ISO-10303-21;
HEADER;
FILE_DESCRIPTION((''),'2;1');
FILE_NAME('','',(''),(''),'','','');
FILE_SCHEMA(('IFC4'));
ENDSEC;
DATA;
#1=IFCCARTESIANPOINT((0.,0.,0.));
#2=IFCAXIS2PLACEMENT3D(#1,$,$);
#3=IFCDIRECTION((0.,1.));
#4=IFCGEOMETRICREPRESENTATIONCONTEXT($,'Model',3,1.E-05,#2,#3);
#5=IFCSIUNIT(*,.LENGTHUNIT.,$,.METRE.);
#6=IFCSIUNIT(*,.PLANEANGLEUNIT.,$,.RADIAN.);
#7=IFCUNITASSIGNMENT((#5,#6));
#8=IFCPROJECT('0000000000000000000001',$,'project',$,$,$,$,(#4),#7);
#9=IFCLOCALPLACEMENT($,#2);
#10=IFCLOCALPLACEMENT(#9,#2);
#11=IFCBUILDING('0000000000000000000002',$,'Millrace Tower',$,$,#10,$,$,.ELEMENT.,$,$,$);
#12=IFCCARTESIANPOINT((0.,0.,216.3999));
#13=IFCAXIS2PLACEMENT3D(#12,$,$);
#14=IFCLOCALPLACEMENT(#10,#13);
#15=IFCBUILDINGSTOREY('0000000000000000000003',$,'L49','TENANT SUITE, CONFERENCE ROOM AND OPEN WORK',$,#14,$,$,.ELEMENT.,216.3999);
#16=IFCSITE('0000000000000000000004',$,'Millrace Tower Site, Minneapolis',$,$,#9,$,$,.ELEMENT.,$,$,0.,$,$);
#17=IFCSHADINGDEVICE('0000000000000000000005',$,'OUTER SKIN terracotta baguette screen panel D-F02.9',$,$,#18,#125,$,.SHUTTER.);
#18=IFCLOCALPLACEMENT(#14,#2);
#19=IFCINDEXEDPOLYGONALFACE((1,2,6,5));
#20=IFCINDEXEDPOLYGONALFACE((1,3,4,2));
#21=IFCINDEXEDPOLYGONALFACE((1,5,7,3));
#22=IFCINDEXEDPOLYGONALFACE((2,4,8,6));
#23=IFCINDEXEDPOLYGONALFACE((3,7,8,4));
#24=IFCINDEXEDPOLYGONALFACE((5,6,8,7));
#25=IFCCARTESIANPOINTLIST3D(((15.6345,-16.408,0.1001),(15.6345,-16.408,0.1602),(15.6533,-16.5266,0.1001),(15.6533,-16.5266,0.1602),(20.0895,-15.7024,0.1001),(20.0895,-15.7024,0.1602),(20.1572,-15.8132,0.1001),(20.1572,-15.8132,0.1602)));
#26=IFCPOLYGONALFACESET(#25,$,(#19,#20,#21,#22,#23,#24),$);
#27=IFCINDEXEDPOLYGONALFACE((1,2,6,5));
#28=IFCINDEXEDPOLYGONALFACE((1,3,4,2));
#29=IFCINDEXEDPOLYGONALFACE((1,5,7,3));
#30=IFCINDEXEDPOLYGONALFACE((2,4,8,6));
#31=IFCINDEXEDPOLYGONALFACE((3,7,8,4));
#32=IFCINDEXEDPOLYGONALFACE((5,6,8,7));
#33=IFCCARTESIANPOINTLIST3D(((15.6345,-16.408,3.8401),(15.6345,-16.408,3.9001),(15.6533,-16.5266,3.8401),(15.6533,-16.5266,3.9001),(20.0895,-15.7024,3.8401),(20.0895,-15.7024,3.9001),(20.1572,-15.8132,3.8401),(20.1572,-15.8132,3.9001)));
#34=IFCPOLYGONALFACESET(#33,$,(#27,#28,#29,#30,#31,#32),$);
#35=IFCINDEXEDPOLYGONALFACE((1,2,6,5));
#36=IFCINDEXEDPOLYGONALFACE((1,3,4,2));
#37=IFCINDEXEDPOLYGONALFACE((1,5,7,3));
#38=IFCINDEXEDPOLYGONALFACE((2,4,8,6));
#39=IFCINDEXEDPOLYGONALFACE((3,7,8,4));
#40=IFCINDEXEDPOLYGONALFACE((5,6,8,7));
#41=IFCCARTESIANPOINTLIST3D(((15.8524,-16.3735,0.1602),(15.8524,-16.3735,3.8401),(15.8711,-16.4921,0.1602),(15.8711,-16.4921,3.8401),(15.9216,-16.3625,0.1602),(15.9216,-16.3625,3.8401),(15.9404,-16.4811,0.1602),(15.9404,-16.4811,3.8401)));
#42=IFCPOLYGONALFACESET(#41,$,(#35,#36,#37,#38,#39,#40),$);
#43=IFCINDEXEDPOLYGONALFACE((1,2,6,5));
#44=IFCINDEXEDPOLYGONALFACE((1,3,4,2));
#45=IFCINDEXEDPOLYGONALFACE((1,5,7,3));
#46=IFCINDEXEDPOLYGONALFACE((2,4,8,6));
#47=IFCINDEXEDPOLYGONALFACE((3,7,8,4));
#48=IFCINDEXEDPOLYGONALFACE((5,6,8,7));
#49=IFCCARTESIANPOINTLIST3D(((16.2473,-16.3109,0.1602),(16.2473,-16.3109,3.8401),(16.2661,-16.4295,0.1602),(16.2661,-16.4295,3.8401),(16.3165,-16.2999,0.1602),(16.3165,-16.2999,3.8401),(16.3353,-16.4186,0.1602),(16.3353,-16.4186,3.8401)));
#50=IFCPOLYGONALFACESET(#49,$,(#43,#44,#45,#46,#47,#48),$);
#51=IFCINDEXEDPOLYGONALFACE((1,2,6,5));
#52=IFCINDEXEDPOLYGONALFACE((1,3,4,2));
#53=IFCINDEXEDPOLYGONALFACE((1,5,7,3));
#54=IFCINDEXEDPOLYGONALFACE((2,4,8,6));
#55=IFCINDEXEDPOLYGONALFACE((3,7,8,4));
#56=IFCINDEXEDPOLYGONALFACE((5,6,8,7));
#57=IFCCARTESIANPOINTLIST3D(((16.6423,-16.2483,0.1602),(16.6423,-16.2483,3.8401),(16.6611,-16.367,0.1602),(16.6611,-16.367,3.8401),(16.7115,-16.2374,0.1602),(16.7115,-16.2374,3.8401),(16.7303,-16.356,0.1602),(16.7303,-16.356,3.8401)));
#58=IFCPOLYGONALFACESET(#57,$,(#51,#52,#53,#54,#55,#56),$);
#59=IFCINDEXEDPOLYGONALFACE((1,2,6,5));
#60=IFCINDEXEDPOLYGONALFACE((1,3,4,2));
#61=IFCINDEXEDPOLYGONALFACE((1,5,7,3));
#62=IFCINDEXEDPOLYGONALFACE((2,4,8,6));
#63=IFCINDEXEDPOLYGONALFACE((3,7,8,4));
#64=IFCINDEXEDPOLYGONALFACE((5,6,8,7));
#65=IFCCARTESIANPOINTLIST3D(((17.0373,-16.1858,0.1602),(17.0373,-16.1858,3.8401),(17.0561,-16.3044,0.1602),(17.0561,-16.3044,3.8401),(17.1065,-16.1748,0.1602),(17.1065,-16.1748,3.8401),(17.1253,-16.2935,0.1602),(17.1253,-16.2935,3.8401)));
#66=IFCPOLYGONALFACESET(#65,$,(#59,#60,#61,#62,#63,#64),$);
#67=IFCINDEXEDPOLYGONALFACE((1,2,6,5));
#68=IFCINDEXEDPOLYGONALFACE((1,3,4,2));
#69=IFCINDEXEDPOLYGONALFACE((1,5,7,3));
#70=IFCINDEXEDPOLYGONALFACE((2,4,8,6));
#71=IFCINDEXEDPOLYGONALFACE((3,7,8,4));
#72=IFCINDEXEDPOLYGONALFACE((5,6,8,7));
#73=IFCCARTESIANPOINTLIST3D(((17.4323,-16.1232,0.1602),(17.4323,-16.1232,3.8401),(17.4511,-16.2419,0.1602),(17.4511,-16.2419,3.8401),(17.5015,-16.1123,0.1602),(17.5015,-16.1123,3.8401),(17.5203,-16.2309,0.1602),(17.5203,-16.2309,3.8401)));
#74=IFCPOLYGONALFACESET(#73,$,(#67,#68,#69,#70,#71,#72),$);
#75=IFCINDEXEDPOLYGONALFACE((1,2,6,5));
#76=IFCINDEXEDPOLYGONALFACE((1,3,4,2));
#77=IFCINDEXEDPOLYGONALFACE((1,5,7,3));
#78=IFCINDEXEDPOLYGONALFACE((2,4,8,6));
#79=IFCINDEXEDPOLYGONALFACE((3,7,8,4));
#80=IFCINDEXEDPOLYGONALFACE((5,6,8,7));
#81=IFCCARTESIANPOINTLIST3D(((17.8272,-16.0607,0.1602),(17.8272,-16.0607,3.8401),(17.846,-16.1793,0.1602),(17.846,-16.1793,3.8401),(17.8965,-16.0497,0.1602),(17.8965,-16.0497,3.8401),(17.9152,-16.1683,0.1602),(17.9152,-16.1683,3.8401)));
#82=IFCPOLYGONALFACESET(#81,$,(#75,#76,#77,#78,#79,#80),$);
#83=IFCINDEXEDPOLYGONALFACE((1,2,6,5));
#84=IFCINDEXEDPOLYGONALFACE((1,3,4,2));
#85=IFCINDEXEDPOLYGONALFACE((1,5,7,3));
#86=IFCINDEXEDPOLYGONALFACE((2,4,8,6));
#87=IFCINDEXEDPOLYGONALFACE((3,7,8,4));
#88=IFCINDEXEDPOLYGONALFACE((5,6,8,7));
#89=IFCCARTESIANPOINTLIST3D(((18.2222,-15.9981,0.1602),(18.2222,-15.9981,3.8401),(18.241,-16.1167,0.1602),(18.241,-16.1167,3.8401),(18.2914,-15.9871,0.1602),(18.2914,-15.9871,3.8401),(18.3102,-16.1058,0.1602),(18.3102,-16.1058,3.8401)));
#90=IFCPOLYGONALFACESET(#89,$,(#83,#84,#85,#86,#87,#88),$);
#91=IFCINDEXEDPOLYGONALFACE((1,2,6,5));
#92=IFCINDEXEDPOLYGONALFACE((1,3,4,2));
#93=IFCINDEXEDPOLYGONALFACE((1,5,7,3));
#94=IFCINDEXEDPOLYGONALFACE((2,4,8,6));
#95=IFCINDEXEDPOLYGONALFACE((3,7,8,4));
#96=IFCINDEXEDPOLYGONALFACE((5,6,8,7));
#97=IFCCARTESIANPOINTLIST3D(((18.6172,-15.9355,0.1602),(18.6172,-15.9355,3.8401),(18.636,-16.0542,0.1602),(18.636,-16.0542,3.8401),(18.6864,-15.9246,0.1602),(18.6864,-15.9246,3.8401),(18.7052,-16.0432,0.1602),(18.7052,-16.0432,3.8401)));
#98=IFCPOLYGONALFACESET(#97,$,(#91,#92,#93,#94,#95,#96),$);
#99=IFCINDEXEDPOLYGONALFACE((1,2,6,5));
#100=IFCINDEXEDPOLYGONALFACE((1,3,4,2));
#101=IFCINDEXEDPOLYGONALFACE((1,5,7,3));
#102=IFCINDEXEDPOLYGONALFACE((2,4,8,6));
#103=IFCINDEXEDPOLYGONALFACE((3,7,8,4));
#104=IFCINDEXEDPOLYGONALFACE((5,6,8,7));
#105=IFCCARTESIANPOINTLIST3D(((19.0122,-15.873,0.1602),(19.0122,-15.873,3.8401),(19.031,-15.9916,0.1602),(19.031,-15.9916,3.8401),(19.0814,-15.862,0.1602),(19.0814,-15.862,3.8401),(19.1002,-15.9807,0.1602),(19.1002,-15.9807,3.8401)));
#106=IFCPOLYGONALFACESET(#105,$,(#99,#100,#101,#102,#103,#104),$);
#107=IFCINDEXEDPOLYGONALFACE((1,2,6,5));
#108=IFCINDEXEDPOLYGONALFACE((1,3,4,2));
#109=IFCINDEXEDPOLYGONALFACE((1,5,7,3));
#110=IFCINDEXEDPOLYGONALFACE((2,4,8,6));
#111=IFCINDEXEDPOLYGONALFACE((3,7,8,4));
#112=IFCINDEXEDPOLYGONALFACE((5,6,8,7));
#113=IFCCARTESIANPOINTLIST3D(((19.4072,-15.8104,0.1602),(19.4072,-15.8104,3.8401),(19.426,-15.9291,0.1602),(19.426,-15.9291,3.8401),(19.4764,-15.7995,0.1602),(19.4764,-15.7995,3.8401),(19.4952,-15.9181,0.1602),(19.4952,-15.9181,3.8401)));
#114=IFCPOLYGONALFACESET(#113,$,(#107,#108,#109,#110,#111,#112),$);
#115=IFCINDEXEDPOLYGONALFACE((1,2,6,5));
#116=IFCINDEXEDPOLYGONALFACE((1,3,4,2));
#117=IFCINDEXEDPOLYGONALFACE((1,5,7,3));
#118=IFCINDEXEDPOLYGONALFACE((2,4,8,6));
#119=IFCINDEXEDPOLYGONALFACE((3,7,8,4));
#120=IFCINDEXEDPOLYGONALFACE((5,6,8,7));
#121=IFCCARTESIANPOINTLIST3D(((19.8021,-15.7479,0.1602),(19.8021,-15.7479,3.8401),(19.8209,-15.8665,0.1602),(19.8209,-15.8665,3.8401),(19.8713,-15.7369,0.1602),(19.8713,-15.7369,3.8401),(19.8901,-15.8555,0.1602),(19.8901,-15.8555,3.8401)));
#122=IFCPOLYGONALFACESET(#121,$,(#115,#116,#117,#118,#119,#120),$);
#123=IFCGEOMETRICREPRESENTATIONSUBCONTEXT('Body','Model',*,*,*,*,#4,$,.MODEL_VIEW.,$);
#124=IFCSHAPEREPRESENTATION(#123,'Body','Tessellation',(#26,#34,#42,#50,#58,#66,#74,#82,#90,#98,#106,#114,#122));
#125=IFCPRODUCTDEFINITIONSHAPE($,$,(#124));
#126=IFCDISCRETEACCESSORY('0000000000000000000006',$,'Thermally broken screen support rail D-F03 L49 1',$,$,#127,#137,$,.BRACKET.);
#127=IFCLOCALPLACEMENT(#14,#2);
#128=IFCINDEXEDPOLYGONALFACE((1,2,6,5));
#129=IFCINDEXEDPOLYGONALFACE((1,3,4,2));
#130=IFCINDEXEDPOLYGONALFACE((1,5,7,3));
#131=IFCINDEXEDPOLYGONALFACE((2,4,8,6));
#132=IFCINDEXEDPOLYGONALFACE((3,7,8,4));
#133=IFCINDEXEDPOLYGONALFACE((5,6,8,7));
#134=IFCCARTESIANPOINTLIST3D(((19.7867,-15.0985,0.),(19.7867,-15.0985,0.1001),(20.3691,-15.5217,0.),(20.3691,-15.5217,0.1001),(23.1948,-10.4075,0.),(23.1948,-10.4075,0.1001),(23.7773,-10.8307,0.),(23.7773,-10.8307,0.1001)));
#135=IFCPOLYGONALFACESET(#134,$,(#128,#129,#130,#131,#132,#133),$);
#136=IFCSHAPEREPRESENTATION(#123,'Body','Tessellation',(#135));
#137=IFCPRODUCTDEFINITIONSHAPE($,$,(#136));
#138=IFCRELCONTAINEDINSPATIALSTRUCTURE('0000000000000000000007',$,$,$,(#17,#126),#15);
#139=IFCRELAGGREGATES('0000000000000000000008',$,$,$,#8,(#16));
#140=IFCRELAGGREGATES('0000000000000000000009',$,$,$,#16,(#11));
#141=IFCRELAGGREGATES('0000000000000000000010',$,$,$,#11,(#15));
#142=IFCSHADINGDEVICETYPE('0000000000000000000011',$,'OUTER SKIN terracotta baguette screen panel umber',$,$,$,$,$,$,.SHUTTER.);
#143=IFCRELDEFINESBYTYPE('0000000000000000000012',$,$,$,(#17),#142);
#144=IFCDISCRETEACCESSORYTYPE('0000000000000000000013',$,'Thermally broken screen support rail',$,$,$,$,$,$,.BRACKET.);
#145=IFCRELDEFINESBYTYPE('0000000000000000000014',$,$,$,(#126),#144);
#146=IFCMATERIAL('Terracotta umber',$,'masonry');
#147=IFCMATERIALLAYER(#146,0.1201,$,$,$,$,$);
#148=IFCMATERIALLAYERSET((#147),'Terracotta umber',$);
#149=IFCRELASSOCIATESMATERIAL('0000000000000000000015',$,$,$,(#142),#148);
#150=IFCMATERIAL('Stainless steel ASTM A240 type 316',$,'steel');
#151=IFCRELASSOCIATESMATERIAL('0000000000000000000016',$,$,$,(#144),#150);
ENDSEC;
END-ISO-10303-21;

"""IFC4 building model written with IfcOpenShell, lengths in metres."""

from ifc_helpers import new_model, entity, si_unit, direction, frame, frame_2d, origin, origin_2d, place, context, subcontext, project, spatial, rectangle, extrude, source, transform, mapped, material, layer, layer_set, type_object, element, save


model = new_model("IFC4")

# Units and contexts
model_context = context("Model", 3, precision=1e-05, world=origin(), true_north=direction((0.0, 1.0)))
body_context = subcontext(model_context, "Body", "Model", "MODEL_VIEW")
ifc_project = project(units=[si_unit("LENGTHUNIT", "METRE"), si_unit("PLANEANGLEUNIT", "RADIAN")], contexts=[model_context])

# Site, building, storey
site_placement = place(None, origin())
site = spatial("IfcSite", under=ifc_project, at=site_placement, Name="Millrace Tower Site, Minneapolis", CompositionType="ELEMENT", RefElevation=0.0)
building_placement = place(site_placement, origin())
building = spatial("IfcBuilding", under=site, at=building_placement, Name="Millrace Tower", CompositionType="ELEMENT")
storey_placement = place(building_placement, frame((0.0, 0.0, 216.3999)))
storey = spatial("IfcBuildingStorey", under=building, at=storey_placement, Name="L49", Description="TENANT SUITE, CONFERENCE ROOM AND OPEN WORK", CompositionType="ELEMENT", Elevation=216.3999)

# Shading device
ifc_material_1 = material(Name="Terracotta umber", Category="masonry")
ifc_layer_1 = layer(ifc_material_1, 0.1201)
ifc_layer_set_1 = layer_set([ifc_layer_1], Name="Terracotta umber")
shading_device_type = type_object("IfcShadingDeviceType", Name="OUTER SKIN terracotta baguette screen panel umber", PredefinedType="SHUTTER", material=ifc_layer_set_1)
cartesian_point_1 = entity("IfcCartesianPoint", [-2.2676, 0.0601])
shared_polyline_1 = entity("IfcPolyline", [cartesian_point_1, entity("IfcCartesianPoint", [2.2429, 0.0601]), entity("IfcCartesianPoint", [2.2925, -0.0601]), entity("IfcCartesianPoint", [-2.2676, -0.0601]), cartesian_point_1])
shared_shape_1 = source(origin(), body_context, "Body", "SweptSolid", [
    entity("IfcExtrudedAreaSolid", entity("IfcArbitraryClosedProfileDef", "AREA", None, shared_polyline_1), entity("IfcAxis2Placement3D", entity("IfcCartesianPoint", [0.0, 0.0, 0.0])), entity("IfcDirection", [0.0, 0.0, 1.0]), 0.0601),
    entity("IfcExtrudedAreaSolid", entity("IfcArbitraryClosedProfileDef", "AREA", None, shared_polyline_1), entity("IfcAxis2Placement3D", entity("IfcCartesianPoint", [0.0, 0.0, 3.74])), entity("IfcDirection", [0.0, 0.0, 1.0]), 0.0601),
    extrude(rectangle(XDim=0.0701, YDim=0.1201, at=frame_2d((-2.012, 0.0))), frame((0.0, 0.0, 0.0601)), (0.0, 0.0, 1.0), 3.6799),
    extrude(rectangle(XDim=0.0701, YDim=0.1201, at=frame_2d((-1.6121, 0.0))), frame((0.0, 0.0, 0.0601)), (0.0, 0.0, 1.0), 3.6799),
    extrude(rectangle(XDim=0.0701, YDim=0.1201, at=frame_2d((-1.2122, 0.0))), frame((0.0, 0.0, 0.0601)), (0.0, 0.0, 1.0), 3.6799),
    extrude(rectangle(XDim=0.0701, YDim=0.1201, at=frame_2d((-0.8123, 0.0))), frame((0.0, 0.0, 0.0601)), (0.0, 0.0, 1.0), 3.6799),
    extrude(rectangle(XDim=0.0701, YDim=0.1201, at=frame_2d((-0.4124, 0.0))), frame((0.0, 0.0, 0.0601)), (0.0, 0.0, 1.0), 3.6799),
    extrude(rectangle(XDim=0.0701, YDim=0.1201, at=frame_2d((-0.0125, 0.0))), frame((0.0, 0.0, 0.0601)), (0.0, 0.0, 1.0), 3.6799),
    extrude(rectangle(XDim=0.0701, YDim=0.1201, at=frame_2d((0.3875, 0.0))), frame((0.0, 0.0, 0.0601)), (0.0, 0.0, 1.0), 3.6799),
    extrude(rectangle(XDim=0.0701, YDim=0.1201, at=frame_2d((0.7874, 0.0))), frame((0.0, 0.0, 0.0601)), (0.0, 0.0, 1.0), 3.6799),
    extrude(rectangle(XDim=0.0701, YDim=0.1201, at=frame_2d((1.1873, 0.0))), frame((0.0, 0.0, 0.0601)), (0.0, 0.0, 1.0), 3.6799),
    extrude(rectangle(XDim=0.0701, YDim=0.1201, at=frame_2d((1.5872, 0.0))), frame((0.0, 0.0, 0.0601)), (0.0, 0.0, 1.0), 3.6799),
    extrude(rectangle(XDim=0.0701, YDim=0.1201, at=frame_2d((1.9871, 0.0))), frame((0.0, 0.0, 0.0601)), (0.0, 0.0, 1.0), 3.6799),
])
shading_device_1_placement = place(storey_placement, frame((17.8835, -16.1125, 0.1001), z_axis=(0.0, 0.0, 1.0), x_axis=(0.987688, 0.156434, 0.0)))
element("IfcShadingDevice", 1, at=shading_device_1_placement, inside=storey, type_object=shading_device_type, Name="OUTER SKIN terracotta baguette screen panel D-F02.9", PredefinedType="SHUTTER", context=body_context, shape_type="MappedRepresentation", body=[
    mapped(shared_shape_1, transform((0.0, 0.0, 0.0), scale=1.0)),
])

# Discrete accessory
ifc_material_2 = material(Name="Stainless steel ASTM A240 type 316", Category="steel")
discrete_accessory_type = type_object("IfcDiscreteAccessoryType", Name="Thermally broken screen support rail", PredefinedType="BRACKET", material=ifc_material_2)
discrete_accessory_placement = place(storey_placement, frame((21.782, -12.9646, 0.0), z_axis=(0.0, 0.0, 1.0), x_axis=(0.587785, 0.809017, 0.0)))
element("IfcDiscreteAccessory", 2, at=discrete_accessory_placement, inside=storey, type_object=discrete_accessory_type, Name="Thermally broken screen support rail D-F03 L49 1", PredefinedType="BRACKET", context=body_context, shape_type="SweptSolid", body=[
    extrude(rectangle(XDim=5.7983, YDim=0.72, at=origin_2d()), origin(), (0.0, 0.0, 1.0), 0.1001),
])

save(model, "model.ifc")
